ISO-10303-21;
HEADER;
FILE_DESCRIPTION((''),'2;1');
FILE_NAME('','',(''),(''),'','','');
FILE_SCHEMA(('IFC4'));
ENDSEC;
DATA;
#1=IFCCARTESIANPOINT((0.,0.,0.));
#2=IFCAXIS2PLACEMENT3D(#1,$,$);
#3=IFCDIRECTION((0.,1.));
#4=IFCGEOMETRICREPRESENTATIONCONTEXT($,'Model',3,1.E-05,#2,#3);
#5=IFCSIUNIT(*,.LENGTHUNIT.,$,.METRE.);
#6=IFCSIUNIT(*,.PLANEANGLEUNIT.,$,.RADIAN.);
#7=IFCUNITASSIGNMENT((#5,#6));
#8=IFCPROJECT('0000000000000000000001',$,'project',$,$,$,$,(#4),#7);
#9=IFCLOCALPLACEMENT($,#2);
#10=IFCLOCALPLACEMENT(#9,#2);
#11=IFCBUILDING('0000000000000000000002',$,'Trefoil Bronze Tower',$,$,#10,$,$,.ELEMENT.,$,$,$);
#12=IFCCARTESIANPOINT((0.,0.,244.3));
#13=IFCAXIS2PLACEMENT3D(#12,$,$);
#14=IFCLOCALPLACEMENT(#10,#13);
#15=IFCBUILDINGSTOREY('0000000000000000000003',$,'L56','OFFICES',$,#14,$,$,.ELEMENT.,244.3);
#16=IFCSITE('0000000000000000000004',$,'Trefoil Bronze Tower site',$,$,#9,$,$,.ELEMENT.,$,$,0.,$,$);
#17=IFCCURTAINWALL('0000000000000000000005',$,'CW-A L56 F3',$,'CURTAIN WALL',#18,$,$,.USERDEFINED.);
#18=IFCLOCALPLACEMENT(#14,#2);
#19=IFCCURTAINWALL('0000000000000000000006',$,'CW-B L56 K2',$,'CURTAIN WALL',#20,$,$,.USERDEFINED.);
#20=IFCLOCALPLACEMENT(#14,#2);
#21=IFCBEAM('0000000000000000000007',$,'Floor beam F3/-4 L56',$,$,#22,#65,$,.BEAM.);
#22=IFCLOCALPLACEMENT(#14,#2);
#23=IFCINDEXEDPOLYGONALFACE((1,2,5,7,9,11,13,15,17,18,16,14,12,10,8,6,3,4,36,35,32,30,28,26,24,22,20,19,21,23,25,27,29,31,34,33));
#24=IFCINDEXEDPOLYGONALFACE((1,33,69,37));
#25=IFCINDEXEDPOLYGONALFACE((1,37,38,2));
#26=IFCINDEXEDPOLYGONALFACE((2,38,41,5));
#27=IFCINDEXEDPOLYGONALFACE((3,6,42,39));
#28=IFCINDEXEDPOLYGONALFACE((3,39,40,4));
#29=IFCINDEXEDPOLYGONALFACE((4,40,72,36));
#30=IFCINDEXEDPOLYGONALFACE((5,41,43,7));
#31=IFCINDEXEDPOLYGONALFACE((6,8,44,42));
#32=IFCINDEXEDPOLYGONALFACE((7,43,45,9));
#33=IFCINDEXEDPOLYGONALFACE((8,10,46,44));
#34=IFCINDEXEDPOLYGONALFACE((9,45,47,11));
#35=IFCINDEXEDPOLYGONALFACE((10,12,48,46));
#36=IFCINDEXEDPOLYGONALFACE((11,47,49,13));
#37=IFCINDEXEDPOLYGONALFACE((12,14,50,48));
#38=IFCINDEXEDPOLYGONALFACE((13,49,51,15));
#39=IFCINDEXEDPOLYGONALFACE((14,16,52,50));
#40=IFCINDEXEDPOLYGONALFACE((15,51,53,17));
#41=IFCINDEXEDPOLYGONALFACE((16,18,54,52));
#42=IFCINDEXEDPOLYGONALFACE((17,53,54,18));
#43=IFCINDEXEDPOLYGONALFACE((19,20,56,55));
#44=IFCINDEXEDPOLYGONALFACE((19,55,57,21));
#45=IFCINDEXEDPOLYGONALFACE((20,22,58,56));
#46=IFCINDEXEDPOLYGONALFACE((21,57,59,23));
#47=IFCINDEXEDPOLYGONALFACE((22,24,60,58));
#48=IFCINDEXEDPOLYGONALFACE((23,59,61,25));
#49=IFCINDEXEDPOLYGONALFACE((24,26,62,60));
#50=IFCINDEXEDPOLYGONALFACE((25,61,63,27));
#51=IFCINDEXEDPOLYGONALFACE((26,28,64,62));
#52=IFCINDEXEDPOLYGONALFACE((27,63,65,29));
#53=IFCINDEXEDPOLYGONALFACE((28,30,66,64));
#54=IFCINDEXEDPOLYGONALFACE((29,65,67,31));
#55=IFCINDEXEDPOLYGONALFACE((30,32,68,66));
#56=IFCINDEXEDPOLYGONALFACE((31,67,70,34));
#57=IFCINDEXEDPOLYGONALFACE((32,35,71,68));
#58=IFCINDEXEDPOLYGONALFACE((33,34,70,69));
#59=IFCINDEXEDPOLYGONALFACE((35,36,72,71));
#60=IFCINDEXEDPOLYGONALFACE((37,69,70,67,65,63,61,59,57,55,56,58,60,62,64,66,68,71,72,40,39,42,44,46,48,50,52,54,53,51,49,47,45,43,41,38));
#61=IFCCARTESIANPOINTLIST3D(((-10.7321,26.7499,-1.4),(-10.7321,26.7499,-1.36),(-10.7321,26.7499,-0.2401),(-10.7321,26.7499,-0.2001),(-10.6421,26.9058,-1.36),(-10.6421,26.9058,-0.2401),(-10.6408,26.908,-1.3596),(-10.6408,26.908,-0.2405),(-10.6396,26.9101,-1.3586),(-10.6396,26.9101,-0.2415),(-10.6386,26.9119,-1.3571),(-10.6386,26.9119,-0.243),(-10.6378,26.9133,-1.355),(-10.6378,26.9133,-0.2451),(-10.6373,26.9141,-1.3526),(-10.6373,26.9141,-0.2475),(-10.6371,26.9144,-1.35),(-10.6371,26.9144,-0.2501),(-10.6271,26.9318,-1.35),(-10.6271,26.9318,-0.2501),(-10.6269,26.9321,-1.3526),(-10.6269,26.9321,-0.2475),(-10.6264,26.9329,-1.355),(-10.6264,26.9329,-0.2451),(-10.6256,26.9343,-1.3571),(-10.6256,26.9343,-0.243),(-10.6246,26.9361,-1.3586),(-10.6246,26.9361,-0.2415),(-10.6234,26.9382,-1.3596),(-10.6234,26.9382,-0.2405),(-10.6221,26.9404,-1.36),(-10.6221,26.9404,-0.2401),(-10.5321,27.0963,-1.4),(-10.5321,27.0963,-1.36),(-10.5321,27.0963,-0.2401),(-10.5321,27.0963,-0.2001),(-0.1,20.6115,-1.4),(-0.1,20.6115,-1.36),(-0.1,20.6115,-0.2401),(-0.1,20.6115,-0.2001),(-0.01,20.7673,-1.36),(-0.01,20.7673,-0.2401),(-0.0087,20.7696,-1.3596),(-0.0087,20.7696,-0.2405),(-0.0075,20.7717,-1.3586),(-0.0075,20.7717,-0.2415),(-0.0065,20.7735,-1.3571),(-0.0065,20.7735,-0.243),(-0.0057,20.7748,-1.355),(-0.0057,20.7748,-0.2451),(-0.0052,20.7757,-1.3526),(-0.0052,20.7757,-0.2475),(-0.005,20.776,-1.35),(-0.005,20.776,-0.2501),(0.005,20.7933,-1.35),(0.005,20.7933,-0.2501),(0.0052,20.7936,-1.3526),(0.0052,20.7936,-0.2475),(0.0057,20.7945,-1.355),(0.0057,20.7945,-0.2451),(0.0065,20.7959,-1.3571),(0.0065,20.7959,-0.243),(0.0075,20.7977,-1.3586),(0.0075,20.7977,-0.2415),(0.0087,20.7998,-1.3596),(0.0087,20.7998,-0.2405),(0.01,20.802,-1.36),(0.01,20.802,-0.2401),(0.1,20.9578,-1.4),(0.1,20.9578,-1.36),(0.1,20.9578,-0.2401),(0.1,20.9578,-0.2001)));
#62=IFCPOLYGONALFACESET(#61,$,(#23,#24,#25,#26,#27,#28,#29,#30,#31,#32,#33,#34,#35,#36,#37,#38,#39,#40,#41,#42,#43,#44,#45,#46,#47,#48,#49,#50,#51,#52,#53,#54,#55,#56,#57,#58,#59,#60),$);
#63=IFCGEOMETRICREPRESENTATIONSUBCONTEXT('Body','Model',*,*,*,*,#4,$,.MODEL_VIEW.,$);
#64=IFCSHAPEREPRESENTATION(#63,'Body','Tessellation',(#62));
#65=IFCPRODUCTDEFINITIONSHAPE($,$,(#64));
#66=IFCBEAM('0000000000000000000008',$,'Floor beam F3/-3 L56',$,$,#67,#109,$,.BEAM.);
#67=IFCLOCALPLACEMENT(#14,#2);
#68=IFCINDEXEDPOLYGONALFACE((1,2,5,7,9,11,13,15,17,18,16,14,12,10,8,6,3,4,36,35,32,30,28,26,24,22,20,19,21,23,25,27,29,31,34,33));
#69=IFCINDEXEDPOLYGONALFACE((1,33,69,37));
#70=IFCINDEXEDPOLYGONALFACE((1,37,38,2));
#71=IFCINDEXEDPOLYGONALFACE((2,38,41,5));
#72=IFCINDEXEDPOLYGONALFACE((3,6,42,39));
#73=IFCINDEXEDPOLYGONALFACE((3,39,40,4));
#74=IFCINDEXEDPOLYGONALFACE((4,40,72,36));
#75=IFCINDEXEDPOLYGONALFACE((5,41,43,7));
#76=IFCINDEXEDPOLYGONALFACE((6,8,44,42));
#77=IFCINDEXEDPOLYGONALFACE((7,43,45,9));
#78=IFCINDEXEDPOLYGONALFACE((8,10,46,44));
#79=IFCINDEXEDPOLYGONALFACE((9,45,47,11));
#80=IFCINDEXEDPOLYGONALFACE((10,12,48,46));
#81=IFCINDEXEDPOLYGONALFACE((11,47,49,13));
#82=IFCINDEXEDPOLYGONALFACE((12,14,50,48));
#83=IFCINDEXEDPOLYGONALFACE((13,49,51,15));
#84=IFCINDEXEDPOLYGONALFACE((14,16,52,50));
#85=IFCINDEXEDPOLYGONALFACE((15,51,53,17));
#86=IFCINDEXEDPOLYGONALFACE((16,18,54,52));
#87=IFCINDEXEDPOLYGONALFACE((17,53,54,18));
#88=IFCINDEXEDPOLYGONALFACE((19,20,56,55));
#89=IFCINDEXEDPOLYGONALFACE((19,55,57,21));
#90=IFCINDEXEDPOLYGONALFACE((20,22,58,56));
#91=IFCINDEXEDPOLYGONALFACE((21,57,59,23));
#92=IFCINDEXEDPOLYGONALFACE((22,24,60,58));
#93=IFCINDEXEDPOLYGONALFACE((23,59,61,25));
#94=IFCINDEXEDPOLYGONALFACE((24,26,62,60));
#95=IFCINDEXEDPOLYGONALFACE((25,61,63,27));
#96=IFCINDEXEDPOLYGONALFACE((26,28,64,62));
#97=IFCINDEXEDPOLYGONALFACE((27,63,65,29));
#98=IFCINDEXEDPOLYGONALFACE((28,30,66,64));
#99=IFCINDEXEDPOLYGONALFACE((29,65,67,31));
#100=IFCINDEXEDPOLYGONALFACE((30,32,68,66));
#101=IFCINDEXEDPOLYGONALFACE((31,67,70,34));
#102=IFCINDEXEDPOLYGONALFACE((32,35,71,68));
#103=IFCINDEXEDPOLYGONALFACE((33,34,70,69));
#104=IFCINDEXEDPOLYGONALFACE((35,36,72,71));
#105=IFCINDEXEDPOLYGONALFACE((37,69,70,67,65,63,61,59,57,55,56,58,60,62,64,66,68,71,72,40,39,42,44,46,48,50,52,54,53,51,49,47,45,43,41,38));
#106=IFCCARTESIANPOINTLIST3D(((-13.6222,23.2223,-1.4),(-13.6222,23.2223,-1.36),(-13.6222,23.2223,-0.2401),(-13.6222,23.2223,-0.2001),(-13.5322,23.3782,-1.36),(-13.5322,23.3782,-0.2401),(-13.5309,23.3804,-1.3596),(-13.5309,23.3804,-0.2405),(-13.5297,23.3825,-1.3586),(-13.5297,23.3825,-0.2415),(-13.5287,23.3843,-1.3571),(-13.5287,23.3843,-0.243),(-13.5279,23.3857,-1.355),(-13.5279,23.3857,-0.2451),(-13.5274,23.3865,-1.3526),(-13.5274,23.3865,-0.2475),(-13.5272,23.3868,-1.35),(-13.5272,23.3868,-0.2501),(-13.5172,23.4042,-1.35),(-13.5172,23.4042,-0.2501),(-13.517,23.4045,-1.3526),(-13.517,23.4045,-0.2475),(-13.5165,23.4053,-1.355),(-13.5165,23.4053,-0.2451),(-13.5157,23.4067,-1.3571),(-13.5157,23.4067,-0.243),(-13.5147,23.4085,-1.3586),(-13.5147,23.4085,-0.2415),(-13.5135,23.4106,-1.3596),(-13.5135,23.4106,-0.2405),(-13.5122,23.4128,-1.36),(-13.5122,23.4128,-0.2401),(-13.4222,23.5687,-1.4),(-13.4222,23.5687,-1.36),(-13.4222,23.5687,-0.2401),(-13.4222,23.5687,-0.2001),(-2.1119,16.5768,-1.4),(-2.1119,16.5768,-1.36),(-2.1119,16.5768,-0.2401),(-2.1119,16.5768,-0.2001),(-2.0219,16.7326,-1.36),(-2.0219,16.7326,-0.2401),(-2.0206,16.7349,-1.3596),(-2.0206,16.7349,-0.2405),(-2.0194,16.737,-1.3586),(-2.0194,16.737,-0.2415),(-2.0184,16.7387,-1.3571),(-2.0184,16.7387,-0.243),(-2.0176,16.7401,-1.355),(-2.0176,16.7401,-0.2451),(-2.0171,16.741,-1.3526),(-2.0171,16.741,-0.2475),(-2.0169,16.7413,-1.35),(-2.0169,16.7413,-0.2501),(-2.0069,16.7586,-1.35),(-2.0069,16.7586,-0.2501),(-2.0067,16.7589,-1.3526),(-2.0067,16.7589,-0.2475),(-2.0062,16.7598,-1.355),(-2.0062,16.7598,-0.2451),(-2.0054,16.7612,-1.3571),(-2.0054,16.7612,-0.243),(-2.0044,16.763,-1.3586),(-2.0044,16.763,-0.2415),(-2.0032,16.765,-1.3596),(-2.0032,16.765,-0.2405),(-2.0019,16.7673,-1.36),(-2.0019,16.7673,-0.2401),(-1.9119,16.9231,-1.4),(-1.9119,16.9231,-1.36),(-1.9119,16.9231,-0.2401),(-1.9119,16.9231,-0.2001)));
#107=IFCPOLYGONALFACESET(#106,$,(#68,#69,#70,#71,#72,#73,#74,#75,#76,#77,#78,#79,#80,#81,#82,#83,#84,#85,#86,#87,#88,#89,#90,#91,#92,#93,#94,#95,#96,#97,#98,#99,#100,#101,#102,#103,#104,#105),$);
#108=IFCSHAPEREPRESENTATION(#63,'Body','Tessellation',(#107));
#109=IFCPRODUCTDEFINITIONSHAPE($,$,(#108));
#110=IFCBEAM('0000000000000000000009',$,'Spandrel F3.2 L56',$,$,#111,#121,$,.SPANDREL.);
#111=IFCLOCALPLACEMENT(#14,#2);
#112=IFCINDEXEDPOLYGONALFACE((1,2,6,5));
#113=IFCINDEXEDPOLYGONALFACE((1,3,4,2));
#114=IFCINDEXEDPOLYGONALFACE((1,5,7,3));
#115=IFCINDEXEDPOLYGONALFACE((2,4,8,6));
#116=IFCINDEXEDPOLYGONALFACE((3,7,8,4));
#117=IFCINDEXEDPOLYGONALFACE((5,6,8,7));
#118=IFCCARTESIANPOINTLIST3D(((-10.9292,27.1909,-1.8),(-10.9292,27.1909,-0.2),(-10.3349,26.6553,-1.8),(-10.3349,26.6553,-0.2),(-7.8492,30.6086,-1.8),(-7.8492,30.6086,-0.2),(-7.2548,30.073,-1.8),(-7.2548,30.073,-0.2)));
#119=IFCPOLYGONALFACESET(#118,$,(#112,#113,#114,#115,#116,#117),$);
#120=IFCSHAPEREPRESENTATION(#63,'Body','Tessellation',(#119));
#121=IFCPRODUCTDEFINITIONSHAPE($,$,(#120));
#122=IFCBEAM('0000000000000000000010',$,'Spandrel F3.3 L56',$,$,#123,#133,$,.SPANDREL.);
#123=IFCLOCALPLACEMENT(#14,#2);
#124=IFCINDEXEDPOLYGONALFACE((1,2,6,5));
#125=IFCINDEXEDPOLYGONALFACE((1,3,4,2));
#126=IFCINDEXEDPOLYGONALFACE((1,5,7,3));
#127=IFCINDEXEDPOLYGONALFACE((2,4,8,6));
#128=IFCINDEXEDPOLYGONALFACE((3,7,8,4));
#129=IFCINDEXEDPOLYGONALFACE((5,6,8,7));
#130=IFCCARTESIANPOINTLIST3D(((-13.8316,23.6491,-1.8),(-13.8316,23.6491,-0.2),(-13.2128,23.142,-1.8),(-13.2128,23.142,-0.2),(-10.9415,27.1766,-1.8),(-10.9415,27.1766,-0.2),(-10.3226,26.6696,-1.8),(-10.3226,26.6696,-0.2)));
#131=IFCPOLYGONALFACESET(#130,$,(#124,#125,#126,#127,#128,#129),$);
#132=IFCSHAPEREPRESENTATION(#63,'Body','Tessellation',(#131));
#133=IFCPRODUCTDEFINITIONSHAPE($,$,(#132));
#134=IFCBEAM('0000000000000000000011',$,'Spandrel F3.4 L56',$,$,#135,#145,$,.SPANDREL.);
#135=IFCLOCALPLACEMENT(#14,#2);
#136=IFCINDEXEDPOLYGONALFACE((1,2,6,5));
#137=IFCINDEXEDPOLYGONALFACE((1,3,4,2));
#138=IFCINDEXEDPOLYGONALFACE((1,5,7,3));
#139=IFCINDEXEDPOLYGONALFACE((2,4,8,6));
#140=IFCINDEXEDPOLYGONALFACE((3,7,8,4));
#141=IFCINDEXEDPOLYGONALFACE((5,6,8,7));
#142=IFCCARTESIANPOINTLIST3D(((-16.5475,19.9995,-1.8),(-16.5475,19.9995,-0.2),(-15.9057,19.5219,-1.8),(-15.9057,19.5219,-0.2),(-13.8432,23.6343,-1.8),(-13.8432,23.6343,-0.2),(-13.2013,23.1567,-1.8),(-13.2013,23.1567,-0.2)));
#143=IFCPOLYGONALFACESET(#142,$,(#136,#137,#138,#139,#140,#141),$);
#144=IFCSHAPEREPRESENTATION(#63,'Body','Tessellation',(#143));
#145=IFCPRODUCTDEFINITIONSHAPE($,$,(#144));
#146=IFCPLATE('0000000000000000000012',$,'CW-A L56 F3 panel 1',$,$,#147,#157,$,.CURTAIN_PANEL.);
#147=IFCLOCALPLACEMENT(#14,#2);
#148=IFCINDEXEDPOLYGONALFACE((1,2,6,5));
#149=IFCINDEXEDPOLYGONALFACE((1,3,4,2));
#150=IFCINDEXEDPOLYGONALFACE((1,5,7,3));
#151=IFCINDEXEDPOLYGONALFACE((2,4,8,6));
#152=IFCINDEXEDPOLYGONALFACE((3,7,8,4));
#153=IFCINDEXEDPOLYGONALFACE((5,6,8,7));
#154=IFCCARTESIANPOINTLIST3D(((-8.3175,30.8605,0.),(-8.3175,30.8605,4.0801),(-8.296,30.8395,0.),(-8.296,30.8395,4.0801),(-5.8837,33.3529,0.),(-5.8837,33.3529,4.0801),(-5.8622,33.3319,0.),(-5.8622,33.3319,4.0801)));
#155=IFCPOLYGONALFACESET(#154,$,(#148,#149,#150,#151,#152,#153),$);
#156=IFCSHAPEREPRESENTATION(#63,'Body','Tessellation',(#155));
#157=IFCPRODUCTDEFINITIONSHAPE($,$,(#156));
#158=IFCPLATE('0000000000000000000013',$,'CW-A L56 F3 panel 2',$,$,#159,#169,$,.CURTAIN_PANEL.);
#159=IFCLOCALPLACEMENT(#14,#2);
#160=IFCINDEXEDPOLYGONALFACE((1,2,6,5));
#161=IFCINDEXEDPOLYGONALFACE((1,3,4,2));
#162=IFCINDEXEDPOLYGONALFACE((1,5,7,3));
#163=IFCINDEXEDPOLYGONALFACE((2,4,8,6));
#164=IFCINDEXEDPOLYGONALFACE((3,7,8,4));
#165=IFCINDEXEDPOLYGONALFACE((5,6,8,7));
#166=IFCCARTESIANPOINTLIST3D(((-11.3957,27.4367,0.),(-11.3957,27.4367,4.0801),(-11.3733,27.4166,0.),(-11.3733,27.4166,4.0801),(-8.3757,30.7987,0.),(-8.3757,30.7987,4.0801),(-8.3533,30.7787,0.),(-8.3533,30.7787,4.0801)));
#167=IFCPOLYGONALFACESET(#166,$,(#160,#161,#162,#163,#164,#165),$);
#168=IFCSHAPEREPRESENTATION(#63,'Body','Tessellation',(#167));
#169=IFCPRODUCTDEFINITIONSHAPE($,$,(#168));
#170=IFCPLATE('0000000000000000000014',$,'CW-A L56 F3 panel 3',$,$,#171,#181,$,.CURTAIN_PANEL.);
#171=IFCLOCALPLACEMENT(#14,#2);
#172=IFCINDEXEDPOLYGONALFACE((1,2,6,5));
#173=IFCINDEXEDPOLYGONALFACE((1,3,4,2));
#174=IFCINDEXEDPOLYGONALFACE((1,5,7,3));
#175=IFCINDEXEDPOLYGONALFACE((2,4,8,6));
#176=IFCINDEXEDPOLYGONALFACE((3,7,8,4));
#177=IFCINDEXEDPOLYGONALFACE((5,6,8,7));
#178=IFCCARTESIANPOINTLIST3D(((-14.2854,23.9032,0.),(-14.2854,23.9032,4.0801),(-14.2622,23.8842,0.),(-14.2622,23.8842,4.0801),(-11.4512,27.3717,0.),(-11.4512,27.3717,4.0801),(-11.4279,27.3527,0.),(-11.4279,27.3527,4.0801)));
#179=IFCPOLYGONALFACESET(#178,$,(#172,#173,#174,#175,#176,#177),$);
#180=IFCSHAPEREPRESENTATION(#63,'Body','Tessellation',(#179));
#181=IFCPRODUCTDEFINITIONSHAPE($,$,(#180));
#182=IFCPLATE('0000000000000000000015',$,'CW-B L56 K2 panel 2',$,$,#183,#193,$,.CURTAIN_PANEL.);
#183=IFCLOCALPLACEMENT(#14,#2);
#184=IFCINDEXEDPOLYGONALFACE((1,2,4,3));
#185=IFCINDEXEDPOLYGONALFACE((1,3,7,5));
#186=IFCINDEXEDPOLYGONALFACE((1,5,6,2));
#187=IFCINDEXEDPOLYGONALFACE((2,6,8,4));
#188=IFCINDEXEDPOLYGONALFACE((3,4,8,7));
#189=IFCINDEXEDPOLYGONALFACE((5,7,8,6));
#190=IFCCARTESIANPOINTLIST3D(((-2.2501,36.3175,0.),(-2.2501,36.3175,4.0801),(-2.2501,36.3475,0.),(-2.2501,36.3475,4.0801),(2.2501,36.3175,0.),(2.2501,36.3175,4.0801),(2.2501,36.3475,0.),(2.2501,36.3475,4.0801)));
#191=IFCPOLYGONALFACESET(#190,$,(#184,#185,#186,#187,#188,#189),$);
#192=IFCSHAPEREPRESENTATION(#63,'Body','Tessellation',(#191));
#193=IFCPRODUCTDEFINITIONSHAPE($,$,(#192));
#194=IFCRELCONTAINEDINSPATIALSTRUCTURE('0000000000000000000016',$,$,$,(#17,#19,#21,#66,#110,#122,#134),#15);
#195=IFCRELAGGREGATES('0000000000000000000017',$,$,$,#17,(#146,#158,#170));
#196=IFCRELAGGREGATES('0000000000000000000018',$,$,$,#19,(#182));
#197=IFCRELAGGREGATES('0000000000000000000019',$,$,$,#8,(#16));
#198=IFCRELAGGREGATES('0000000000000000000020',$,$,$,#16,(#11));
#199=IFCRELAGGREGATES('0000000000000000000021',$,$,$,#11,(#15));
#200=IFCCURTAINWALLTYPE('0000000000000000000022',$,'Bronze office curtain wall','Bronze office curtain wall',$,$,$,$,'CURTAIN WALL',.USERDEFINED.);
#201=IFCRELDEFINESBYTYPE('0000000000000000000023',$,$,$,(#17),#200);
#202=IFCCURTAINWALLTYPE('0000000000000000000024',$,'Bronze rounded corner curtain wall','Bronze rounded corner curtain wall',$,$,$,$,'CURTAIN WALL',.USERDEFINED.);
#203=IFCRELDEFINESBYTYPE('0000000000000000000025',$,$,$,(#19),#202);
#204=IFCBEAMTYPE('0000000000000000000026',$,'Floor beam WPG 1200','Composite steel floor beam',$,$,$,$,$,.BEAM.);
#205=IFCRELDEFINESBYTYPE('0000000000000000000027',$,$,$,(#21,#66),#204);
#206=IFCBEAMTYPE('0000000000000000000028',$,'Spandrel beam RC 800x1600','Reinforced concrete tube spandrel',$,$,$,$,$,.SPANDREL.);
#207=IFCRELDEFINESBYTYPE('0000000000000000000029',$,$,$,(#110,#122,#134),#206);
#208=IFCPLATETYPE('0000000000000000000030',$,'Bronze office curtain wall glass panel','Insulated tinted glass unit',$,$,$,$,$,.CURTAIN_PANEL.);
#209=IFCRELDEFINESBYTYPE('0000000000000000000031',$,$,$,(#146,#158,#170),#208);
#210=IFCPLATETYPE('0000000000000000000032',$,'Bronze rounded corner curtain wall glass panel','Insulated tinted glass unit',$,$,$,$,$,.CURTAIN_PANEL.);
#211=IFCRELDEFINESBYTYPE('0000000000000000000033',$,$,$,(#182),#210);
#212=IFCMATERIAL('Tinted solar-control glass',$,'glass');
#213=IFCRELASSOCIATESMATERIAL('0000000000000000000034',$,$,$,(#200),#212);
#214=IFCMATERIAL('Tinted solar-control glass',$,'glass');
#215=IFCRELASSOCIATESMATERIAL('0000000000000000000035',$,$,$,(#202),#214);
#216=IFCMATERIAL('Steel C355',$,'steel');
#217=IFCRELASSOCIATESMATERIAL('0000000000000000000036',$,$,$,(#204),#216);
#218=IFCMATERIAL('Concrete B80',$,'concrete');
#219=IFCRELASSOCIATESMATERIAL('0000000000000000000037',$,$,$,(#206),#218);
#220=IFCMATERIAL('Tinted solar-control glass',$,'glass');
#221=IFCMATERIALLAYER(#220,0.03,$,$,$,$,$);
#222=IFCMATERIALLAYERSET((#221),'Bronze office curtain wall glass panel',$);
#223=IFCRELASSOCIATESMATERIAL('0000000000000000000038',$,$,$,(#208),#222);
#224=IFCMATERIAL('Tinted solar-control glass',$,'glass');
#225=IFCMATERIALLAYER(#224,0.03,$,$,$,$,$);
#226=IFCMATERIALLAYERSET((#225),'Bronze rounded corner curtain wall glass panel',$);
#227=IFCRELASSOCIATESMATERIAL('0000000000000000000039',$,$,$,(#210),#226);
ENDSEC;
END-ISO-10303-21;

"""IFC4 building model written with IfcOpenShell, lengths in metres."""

from ifc_helpers import new_model, si_unit, direction, frame, origin, origin_2d, place, context, subcontext, project, spatial, rectangle, i_section, extrude, material, layer, layer_set, material_profile, profile_set, type_object, element, aggregate, save


model = new_model("IFC4")

# Units and contexts
model_context = context("Model", 3, precision=1e-05, world=origin(), true_north=direction((0.0, 1.0)))
body_context = subcontext(model_context, "Body", "Model", "MODEL_VIEW")
ifc_project = project(units=[si_unit("LENGTHUNIT", "METRE"), si_unit("PLANEANGLEUNIT", "RADIAN")], contexts=[model_context])

# Site, building, storey
site_placement = place(None, origin())
site = spatial("IfcSite", under=ifc_project, at=site_placement, Name="Trefoil Bronze Tower site", CompositionType="ELEMENT", RefElevation=0.0)
building_placement = place(site_placement, origin())
building = spatial("IfcBuilding", under=site, at=building_placement, Name="Trefoil Bronze Tower", CompositionType="ELEMENT")
storey_placement = place(building_placement, frame((0.0, 0.0, 244.3)))
storey = spatial("IfcBuildingStorey", under=building, at=storey_placement, Name="L56", Description="OFFICES", CompositionType="ELEMENT", Elevation=244.3)

# Curtain walls
ifc_material_1 = material(Name="Tinted solar-control glass", Category="glass")
curtain_wall_type_1 = type_object("IfcCurtainWallType", Name="Bronze office curtain wall", Description="Bronze office curtain wall", ElementType="CURTAIN WALL", PredefinedType="USERDEFINED", material=ifc_material_1)
curtain_wall_1_placement = place(storey_placement, origin())
curtain_wall_1 = element("IfcCurtainWall", 1, at=curtain_wall_1_placement, inside=storey, type_object=curtain_wall_type_1, Name="CW-A L56 F3", ObjectType="CURTAIN WALL", PredefinedType="USERDEFINED")
ifc_material_2 = material(Name="Tinted solar-control glass", Category="glass")
curtain_wall_type_2 = type_object("IfcCurtainWallType", Name="Bronze rounded corner curtain wall", Description="Bronze rounded corner curtain wall", ElementType="CURTAIN WALL", PredefinedType="USERDEFINED", material=ifc_material_2)
curtain_wall_2_placement = place(storey_placement, origin())
curtain_wall_2 = element("IfcCurtainWall", 2, at=curtain_wall_2_placement, inside=storey, type_object=curtain_wall_type_2, Name="CW-B L56 K2", ObjectType="CURTAIN WALL", PredefinedType="USERDEFINED")

# Beams
ifc_material_3 = material(Name="Steel C355", Category="steel")
ifc_material_profile_1 = material_profile(ifc_material_3, i_section(OverallWidth=0.3999, OverallDepth=1.2, WebThickness=0.02, FlangeThickness=0.04, FilletRadius=0.01, at=origin_2d()), Name="WPG 1200")
ifc_profile_set_1 = profile_set([ifc_material_profile_1], Name="Steel C355")
beam_type_1 = type_object("IfcBeamType", Name="Floor beam WPG 1200", Description="Composite steel floor beam", PredefinedType="BEAM", material=ifc_profile_set_1)
beam_1_placement = place(storey_placement, frame((-10.6321, 26.9231, -0.8), z_axis=(0.866026, -0.5, 0.0), x_axis=(0.5, 0.866026, 0.0)))
element("IfcBeam", 3, at=beam_1_placement, inside=storey, type_object=beam_type_1, Name="Floor beam F3/-4 L56", PredefinedType="BEAM", context=body_context, shape_type="SweptSolid", body=[
    extrude(i_section(OverallWidth=0.3999, OverallDepth=1.2, WebThickness=0.02, FlangeThickness=0.04, FilletRadius=0.01, at=origin_2d()), origin(), (0.0, 0.0, 1.0), 12.2769),
])
beam_2_placement = place(storey_placement, frame((-13.5222, 23.3955, -0.8), z_axis=(0.866023, -0.500003, 0.0), x_axis=(0.500003, 0.866023, 0.0)))
element("IfcBeam", 4, at=beam_2_placement, inside=storey, type_object=beam_type_1, Name="Floor beam F3/-3 L56", PredefinedType="BEAM", context=body_context, shape_type="SweptSolid", body=[
    extrude(i_section(OverallWidth=0.3999, OverallDepth=1.2, WebThickness=0.02, FlangeThickness=0.04, FilletRadius=0.01, at=origin_2d()), origin(), (0.0, 0.0, 1.0), 13.291),
])
ifc_material_4 = material(Name="Concrete B80", Category="concrete")
ifc_material_profile_2 = material_profile(ifc_material_4, rectangle(XDim=0.8, YDim=1.6001, at=origin_2d()), Name="RC 800x1600")
ifc_profile_set_2 = profile_set([ifc_material_profile_2], Name="Concrete B80")
beam_type_2 = type_object("IfcBeamType", Name="Spandrel beam RC 800x1600", Description="Reinforced concrete tube spandrel", PredefinedType="SPANDREL", material=ifc_profile_set_2)
beam_3_placement = place(storey_placement, frame((-7.552, 30.3408, -1.0), z_axis=(-0.66946, -0.742848, 0.0), x_axis=(0.742848, -0.66946, 0.0)))
element("IfcBeam", 5, at=beam_3_placement, inside=storey, type_object=beam_type_2, Name="Spandrel F3.2 L56", PredefinedType="SPANDREL", context=body_context, shape_type="SweptSolid", body=[
    extrude(rectangle(XDim=0.8, YDim=1.6001, at=origin_2d()), origin(), (0.0, 0.0, 1.0), 4.6008),
])
beam_4_placement = place(storey_placement, frame((-10.6321, 26.9231, -1.0), z_axis=(-0.633754, -0.773535, 0.0), x_axis=(0.773535, -0.633754, 0.0)))
element("IfcBeam", 6, at=beam_4_placement, inside=storey, type_object=beam_type_2, Name="Spandrel F3.3 L56", PredefinedType="SPANDREL", context=body_context, shape_type="SweptSolid", body=[
    extrude(rectangle(XDim=0.8, YDim=1.6001, at=origin_2d()), origin(), (0.0, 0.0, 1.0), 4.5603),
])
beam_5_placement = place(storey_placement, frame((-13.5222, 23.3955, -1.0), z_axis=(-0.596926, -0.802296, 0.0), x_axis=(0.802296, -0.596926, 0.0)))
element("IfcBeam", 7, at=beam_5_placement, inside=storey, type_object=beam_type_2, Name="Spandrel F3.4 L56", PredefinedType="SPANDREL", context=body_context, shape_type="SweptSolid", body=[
    extrude(rectangle(XDim=0.8, YDim=1.6001, at=origin_2d()), origin(), (0.0, 0.0, 1.0), 4.5305),
])

# Plates
ifc_material_5 = material(Name="Tinted solar-control glass", Category="glass")
ifc_layer_1 = layer(ifc_material_5, 0.03)
ifc_layer_set_1 = layer_set([ifc_layer_1], Name="Bronze office curtain wall glass panel")
plate_type_1 = type_object("IfcPlateType", Name="Bronze office curtain wall glass panel", Description="Insulated tinted glass unit", PredefinedType="CURTAIN_PANEL", material=ifc_layer_set_1)
plate_1_placement = place(storey_placement, frame((-7.0898, 32.0962, 0.0), z_axis=(0.0, 0.0, 1.0), x_axis=(-0.698652, -0.715462, 0.0)))
plate_1 = element("IfcPlate", 8, at=plate_1_placement, type_object=plate_type_1, Name="CW-A L56 F3 panel 1", PredefinedType="CURTAIN_PANEL", context=body_context, shape_type="SweptSolid", body=[
    extrude(rectangle(XDim=3.4836, YDim=0.03, at=origin_2d()), origin(), (0.0, 0.0, 1.0), 4.0801),
])
plate_2_placement = place(storey_placement, frame((-9.8745, 29.1077, 0.0), z_axis=(0.0, 0.0, 1.0), x_axis=(-0.668246, -0.743941, 0.0)))
plate_2 = element("IfcPlate", 9, at=plate_2_placement, type_object=plate_type_1, Name="CW-A L56 F3 panel 2", PredefinedType="CURTAIN_PANEL", context=body_context, shape_type="SweptSolid", body=[
    extrude(rectangle(XDim=4.5193, YDim=0.03, at=origin_2d()), origin(), (0.0, 0.0, 1.0), 4.0801),
])
plate_3_placement = place(storey_placement, frame((-12.8567, 25.6279, 0.0), z_axis=(0.0, 0.0, 1.0), x_axis=(-0.632753, -0.774354, 0.0)))
plate_3 = element("IfcPlate", 10, at=plate_3_placement, type_object=plate_type_1, Name="CW-A L56 F3 panel 3", PredefinedType="CURTAIN_PANEL", context=body_context, shape_type="SweptSolid", body=[
    extrude(rectangle(XDim=4.4792, YDim=0.03, at=origin_2d()), origin(), (0.0, 0.0, 1.0), 4.0801),
])
aggregate(curtain_wall_1, [plate_1, plate_2, plate_3])
ifc_material_6 = material(Name="Tinted solar-control glass", Category="glass")
ifc_layer_2 = layer(ifc_material_6, 0.03)
ifc_layer_set_2 = layer_set([ifc_layer_2], Name="Bronze rounded corner curtain wall glass panel")
plate_type_2 = type_object("IfcPlateType", Name="Bronze rounded corner curtain wall glass panel", Description="Insulated tinted glass unit", PredefinedType="CURTAIN_PANEL", material=ifc_layer_set_2)
plate_4_placement = place(storey_placement, frame((0.0, 36.3325, 0.0), z_axis=(0.0, 0.0, 1.0), x_axis=(-1.0, 0.0, 0.0)))
plate_4 = element("IfcPlate", 11, at=plate_4_placement, type_object=plate_type_2, Name="CW-B L56 K2 panel 2", PredefinedType="CURTAIN_PANEL", context=body_context, shape_type="SweptSolid", body=[
    extrude(rectangle(XDim=4.5002, YDim=0.03, at=origin_2d()), origin(), (0.0, 0.0, 1.0), 4.0801),
])
aggregate(curtain_wall_2, [plate_4])

save(model, "model.ifc")
